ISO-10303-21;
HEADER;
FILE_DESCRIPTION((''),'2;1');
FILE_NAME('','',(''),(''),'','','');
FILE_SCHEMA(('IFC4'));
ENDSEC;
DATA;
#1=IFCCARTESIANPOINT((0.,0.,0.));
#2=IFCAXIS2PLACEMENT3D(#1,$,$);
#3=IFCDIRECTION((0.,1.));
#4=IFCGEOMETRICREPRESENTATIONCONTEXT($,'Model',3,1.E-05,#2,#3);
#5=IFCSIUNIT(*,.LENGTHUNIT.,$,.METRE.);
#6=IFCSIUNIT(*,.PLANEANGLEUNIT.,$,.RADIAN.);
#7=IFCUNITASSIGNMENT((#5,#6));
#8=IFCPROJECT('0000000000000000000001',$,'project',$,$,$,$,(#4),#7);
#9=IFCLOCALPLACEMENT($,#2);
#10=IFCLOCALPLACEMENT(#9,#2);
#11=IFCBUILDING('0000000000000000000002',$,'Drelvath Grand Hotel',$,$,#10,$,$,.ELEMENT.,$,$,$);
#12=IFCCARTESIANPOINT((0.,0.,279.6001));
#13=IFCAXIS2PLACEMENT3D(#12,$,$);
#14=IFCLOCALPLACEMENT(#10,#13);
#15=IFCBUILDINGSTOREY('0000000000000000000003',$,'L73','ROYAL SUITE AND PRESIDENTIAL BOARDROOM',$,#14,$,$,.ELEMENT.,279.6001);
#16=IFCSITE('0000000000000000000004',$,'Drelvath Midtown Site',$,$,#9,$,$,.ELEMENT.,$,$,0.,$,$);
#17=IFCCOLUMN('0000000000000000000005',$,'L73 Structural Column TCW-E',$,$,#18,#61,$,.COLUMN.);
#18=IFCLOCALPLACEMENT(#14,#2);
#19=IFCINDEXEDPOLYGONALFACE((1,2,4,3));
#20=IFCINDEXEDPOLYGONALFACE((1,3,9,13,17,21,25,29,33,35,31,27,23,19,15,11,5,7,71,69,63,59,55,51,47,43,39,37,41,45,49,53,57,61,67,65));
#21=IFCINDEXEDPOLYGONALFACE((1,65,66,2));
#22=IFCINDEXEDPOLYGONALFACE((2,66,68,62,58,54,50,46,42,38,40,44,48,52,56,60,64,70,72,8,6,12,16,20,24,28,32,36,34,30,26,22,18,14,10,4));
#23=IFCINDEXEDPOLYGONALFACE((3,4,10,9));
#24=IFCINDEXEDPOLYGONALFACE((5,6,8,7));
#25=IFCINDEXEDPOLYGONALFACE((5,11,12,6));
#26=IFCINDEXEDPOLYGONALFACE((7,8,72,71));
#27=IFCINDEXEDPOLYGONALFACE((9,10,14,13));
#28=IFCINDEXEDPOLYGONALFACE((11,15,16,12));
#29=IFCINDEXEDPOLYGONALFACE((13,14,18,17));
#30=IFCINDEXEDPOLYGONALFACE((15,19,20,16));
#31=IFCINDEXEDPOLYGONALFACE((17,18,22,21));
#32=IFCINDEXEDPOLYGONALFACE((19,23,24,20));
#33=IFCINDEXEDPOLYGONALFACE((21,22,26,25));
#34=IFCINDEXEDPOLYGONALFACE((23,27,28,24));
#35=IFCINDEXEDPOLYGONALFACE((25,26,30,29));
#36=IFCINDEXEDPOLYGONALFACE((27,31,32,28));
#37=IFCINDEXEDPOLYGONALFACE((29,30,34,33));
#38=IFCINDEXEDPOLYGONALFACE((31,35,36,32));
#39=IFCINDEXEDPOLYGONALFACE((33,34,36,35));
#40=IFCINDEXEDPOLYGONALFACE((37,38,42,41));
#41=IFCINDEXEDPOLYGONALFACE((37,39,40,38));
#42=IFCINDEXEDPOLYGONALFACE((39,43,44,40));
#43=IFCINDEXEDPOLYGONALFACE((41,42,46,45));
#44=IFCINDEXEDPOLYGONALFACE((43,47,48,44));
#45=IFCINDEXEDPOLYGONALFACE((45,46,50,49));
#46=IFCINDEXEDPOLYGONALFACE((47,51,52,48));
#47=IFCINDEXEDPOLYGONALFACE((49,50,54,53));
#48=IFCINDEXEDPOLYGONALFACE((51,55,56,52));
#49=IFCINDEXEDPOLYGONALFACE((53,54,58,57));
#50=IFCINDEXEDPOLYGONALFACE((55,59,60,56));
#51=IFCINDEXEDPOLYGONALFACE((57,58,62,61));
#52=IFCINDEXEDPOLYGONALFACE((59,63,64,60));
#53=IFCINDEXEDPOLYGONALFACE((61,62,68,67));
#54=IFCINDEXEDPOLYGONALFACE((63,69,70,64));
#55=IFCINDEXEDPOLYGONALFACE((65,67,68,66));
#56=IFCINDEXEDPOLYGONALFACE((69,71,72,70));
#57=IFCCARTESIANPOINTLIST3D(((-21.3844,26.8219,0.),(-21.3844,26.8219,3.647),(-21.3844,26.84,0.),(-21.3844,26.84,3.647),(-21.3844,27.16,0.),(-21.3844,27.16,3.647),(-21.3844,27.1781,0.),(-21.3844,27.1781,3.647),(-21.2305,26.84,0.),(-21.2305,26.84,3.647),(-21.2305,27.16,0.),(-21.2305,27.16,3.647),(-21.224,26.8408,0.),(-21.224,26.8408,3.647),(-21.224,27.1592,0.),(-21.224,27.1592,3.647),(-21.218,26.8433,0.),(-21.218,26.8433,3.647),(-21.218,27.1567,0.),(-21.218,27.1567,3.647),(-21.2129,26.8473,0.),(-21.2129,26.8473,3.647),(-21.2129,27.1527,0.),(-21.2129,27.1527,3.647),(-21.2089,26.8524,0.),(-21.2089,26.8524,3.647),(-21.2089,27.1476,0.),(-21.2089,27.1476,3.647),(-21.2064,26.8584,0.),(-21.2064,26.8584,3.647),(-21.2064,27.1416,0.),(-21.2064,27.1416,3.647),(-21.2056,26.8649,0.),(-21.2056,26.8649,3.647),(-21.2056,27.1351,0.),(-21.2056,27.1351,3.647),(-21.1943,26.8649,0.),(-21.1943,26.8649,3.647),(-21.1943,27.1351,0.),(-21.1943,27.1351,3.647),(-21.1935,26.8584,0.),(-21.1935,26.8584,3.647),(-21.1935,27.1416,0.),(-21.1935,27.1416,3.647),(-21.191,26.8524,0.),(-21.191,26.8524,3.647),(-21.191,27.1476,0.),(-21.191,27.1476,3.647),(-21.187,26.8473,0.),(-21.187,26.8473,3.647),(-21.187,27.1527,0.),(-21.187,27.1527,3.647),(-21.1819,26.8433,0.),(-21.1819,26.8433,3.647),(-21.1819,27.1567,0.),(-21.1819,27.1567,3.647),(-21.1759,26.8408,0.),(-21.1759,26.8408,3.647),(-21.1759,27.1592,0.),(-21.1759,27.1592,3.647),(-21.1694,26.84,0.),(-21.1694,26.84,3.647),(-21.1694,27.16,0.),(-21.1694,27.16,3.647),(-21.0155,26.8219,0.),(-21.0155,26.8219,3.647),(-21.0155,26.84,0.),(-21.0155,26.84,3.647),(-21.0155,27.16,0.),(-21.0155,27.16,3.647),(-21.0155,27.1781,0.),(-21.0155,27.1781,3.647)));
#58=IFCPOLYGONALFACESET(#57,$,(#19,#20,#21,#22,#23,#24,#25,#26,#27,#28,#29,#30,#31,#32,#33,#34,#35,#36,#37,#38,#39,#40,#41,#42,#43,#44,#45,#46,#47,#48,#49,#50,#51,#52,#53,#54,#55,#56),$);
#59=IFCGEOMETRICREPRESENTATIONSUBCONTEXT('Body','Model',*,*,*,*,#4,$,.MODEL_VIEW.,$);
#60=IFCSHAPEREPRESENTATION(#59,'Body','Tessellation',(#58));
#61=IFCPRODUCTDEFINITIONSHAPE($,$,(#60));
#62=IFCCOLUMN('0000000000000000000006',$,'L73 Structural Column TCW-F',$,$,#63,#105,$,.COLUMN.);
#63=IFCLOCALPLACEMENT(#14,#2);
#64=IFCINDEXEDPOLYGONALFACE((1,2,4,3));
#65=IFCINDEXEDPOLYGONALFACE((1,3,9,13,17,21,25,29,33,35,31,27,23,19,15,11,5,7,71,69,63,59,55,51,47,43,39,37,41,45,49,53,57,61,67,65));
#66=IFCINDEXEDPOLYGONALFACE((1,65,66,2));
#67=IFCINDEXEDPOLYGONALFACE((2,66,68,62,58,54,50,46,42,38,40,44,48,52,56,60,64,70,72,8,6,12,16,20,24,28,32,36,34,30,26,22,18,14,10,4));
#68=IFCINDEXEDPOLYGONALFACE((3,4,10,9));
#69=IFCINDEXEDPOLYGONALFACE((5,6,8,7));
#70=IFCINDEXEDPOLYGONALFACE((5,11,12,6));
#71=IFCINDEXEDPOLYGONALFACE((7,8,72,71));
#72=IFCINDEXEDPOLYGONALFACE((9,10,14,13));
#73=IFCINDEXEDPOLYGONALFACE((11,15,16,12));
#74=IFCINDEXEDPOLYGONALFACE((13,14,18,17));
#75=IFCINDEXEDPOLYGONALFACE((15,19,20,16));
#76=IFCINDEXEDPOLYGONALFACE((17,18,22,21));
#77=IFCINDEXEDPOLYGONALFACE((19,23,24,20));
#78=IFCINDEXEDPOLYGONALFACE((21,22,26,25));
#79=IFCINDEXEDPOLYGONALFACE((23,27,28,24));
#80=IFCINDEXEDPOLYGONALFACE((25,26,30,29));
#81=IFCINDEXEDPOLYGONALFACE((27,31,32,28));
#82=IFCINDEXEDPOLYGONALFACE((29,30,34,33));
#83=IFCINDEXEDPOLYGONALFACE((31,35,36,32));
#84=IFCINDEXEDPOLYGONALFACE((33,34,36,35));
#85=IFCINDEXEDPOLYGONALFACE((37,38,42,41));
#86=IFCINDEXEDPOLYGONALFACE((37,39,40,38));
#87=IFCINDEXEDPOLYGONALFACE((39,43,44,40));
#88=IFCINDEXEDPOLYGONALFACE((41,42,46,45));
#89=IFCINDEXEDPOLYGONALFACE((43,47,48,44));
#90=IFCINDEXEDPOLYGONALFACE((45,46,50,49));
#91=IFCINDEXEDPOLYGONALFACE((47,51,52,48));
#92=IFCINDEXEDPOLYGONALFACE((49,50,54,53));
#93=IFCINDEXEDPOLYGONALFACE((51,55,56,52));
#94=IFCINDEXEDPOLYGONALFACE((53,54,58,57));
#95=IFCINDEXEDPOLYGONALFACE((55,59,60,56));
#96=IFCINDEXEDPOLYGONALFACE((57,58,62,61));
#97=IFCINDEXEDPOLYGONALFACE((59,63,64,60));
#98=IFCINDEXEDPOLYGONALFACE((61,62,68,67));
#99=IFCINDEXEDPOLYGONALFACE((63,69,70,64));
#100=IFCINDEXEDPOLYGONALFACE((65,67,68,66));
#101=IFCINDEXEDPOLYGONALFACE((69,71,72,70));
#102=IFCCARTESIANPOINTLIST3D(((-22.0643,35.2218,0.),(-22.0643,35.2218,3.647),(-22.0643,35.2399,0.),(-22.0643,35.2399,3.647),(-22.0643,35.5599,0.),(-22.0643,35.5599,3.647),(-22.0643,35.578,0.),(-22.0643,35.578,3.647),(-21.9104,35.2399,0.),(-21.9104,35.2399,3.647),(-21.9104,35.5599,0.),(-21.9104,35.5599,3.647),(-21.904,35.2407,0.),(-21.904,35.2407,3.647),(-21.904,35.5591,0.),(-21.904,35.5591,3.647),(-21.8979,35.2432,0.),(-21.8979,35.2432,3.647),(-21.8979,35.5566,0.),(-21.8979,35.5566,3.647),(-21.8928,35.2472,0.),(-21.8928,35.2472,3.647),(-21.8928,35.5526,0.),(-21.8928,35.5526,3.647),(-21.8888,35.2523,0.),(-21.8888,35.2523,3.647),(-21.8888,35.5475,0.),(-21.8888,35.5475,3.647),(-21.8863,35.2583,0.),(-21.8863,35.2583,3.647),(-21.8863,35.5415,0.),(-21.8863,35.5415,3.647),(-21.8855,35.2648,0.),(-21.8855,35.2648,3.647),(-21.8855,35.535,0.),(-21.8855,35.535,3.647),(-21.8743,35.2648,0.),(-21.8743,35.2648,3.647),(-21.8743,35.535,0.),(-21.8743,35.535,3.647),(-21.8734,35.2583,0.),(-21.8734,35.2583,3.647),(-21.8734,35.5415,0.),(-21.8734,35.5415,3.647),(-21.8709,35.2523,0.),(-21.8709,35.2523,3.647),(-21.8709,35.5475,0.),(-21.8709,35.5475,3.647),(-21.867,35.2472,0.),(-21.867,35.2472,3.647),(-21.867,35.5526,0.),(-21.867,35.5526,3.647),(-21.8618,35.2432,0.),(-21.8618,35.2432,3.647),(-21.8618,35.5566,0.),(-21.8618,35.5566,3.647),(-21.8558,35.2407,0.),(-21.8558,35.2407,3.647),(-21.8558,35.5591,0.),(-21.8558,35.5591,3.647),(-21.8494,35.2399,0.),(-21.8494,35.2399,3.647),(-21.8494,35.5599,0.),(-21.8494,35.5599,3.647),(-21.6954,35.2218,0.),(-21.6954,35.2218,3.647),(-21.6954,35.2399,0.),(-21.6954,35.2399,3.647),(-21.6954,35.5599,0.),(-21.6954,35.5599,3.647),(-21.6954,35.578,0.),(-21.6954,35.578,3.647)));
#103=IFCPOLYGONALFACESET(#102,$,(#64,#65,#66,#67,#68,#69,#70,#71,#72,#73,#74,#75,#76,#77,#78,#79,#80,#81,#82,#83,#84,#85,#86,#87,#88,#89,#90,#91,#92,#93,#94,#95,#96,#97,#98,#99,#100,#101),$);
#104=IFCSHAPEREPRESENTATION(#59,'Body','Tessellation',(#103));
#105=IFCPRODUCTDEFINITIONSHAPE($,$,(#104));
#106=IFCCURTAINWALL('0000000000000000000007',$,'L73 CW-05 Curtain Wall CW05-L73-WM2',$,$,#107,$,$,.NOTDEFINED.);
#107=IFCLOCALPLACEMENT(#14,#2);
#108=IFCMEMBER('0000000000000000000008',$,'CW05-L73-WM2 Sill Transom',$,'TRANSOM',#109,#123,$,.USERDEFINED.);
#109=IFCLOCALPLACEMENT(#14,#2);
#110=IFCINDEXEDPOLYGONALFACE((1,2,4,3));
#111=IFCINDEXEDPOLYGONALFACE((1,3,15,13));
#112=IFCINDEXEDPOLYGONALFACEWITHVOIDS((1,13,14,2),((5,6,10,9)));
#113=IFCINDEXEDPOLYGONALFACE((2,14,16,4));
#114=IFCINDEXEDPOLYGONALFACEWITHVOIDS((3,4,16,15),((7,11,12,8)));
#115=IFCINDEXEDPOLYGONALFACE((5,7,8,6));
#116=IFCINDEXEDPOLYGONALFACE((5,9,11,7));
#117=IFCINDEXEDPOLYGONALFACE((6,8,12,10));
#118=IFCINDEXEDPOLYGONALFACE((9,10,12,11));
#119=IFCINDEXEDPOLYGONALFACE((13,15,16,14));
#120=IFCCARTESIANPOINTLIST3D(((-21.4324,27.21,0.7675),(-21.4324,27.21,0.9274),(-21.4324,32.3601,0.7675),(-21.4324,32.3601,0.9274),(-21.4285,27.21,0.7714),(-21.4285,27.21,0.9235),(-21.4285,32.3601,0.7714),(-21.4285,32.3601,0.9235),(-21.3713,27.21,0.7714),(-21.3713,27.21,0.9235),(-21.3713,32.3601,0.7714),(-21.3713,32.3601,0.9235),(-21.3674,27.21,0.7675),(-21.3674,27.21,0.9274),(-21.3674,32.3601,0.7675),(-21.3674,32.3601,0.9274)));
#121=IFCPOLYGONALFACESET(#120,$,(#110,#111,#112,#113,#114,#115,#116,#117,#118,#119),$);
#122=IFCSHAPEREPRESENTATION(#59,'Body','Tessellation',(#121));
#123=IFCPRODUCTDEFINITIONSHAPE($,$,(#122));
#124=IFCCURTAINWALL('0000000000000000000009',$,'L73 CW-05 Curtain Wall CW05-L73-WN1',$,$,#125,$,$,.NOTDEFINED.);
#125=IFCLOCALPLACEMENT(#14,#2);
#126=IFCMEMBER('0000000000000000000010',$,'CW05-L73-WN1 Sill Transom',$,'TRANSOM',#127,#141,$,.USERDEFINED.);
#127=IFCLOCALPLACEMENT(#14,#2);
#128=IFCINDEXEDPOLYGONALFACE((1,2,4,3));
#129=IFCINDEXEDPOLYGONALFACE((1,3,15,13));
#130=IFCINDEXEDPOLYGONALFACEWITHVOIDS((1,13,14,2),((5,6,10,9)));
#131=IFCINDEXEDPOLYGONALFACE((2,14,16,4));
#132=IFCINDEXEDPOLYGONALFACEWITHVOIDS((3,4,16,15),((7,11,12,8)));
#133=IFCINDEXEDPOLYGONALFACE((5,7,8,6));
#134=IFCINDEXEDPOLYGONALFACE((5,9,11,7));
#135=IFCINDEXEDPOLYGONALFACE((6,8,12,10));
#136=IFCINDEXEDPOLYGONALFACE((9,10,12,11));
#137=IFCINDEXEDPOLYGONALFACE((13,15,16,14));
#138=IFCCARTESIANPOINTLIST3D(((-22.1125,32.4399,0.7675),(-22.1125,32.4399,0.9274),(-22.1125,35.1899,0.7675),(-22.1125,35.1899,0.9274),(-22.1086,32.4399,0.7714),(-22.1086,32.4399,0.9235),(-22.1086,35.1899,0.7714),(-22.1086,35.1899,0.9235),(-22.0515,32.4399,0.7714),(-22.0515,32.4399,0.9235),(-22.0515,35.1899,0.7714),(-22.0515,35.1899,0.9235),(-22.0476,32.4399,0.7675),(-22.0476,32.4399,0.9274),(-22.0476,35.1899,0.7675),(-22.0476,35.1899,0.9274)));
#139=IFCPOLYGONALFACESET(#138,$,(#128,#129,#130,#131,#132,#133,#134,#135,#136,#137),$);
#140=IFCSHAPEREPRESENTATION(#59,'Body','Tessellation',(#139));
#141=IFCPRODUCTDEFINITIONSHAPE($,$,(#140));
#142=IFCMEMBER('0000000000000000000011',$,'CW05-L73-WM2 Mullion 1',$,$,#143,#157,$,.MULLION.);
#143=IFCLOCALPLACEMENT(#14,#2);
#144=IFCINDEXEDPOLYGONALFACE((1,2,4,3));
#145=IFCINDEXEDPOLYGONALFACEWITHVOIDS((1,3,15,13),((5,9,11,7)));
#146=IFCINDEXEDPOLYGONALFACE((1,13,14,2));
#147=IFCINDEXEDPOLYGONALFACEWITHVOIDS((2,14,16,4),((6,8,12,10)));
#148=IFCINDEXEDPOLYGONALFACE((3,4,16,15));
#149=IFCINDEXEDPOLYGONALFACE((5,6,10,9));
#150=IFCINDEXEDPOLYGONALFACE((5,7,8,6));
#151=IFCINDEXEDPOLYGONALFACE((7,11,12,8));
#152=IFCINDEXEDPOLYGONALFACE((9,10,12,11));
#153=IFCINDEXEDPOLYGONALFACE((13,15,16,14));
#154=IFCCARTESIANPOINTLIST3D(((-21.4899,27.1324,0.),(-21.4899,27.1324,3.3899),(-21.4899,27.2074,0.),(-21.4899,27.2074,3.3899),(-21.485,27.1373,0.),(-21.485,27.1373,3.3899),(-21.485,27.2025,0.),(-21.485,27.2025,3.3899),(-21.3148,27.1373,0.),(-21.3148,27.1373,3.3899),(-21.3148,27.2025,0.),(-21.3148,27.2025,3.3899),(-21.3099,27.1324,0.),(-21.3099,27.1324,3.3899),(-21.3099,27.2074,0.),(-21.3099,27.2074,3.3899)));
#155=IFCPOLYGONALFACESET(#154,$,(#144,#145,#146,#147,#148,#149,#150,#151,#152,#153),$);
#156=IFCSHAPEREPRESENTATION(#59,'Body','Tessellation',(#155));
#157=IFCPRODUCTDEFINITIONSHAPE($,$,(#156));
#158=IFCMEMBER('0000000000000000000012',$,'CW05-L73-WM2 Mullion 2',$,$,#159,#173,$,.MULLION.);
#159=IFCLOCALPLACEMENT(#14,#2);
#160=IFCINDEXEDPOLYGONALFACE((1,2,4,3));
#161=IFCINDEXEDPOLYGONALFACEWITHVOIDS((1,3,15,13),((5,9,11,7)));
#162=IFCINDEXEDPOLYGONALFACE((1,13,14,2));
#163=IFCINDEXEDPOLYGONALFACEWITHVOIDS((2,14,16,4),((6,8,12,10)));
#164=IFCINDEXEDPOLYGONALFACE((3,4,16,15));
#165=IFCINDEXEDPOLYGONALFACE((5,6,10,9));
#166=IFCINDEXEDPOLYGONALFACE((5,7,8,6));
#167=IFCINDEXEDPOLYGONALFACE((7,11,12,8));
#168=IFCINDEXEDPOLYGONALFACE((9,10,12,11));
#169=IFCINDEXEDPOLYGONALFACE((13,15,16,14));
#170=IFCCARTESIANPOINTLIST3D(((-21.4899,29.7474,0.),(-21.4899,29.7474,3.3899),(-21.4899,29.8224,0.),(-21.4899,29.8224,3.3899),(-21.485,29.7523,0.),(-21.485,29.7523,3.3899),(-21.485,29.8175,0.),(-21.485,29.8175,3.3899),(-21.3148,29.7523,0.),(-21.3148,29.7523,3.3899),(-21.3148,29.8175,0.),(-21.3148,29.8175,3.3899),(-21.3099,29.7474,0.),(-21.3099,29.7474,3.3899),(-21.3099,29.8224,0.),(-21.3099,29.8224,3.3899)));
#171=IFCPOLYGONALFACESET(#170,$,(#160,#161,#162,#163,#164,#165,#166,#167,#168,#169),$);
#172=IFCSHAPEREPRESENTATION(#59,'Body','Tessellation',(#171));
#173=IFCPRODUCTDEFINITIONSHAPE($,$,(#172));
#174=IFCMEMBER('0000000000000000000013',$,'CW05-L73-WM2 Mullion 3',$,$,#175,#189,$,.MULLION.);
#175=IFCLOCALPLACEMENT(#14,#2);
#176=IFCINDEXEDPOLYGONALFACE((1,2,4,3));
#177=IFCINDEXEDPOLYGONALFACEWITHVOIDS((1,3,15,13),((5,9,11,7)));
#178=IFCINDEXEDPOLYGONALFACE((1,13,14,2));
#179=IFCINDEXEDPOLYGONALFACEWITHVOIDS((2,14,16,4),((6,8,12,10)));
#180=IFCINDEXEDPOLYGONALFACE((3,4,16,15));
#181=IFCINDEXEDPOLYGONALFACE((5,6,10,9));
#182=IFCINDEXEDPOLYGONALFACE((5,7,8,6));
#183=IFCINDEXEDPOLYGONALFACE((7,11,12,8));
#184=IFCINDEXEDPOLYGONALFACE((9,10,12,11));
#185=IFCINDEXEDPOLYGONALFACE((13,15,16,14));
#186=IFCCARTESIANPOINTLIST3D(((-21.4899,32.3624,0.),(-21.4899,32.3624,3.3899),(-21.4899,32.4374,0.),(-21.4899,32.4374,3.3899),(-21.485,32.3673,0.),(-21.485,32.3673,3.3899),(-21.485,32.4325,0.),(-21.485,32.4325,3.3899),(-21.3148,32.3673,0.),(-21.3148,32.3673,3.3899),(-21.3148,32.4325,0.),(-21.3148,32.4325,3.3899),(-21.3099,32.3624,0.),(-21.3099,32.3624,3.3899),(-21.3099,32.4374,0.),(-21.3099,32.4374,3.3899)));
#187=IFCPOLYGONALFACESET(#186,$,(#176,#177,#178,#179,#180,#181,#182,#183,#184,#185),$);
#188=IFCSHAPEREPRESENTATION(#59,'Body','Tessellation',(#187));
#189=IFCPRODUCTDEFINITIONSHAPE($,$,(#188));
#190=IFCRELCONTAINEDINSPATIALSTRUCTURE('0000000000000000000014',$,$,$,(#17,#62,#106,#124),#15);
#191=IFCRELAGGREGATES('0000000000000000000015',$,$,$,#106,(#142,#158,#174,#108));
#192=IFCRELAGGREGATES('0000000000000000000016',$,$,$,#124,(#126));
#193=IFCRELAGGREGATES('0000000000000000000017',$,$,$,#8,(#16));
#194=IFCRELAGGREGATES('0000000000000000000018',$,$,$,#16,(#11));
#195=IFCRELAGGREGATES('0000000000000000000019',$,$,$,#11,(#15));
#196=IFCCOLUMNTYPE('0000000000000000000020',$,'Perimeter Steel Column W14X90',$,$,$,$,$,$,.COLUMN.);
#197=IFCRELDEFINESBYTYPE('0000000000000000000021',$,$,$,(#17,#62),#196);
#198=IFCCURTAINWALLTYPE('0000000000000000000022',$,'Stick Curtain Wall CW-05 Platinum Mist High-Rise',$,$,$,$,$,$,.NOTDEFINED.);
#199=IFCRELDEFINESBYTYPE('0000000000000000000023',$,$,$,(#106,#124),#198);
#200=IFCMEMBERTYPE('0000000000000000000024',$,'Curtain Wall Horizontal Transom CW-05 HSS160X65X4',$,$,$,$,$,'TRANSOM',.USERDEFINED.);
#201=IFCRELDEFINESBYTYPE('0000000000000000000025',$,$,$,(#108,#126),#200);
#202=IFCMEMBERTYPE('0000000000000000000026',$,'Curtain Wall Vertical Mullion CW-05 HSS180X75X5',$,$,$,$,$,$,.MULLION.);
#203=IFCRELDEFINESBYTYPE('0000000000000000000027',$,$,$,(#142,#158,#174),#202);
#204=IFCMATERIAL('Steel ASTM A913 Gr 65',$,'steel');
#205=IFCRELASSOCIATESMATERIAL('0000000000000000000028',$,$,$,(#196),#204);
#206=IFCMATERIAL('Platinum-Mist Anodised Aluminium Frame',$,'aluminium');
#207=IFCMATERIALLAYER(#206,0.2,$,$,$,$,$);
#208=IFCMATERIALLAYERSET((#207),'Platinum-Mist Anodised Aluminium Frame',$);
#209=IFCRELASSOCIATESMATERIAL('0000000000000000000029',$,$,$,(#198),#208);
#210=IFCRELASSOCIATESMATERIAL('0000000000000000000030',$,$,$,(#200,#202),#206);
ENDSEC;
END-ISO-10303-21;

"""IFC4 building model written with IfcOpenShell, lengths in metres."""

from ifc_helpers import new_model, si_unit, direction, frame, origin, origin_2d, place, context, subcontext, project, spatial, hollow_rectangle, i_section, extrude, material, layer, layer_set, material_profile, profile_set, type_object, element, aggregate, save


model = new_model("IFC4")

# Units and contexts
model_context = context("Model", 3, precision=1e-05, world=origin(), true_north=direction((0.0, 1.0)))
body_context = subcontext(model_context, "Body", "Model", "MODEL_VIEW")
ifc_project = project(units=[si_unit("LENGTHUNIT", "METRE"), si_unit("PLANEANGLEUNIT", "RADIAN")], contexts=[model_context])

# Site, building, storey
site_placement = place(None, origin())
site = spatial("IfcSite", under=ifc_project, at=site_placement, Name="Drelvath Midtown Site", CompositionType="ELEMENT", RefElevation=0.0)
building_placement = place(site_placement, origin())
building = spatial("IfcBuilding", under=site, at=building_placement, Name="Drelvath Grand Hotel", CompositionType="ELEMENT")
storey_placement = place(building_placement, frame((0.0, 0.0, 279.6001)))
storey = spatial("IfcBuildingStorey", under=building, at=storey_placement, Name="L73", Description="ROYAL SUITE AND PRESIDENTIAL BOARDROOM", CompositionType="ELEMENT", Elevation=279.6001)

# Columns
ifc_material_1 = material(Name="Steel ASTM A913 Gr 65", Category="steel")
ifc_material_profile_1 = material_profile(ifc_material_1, i_section(OverallWidth=0.3689, OverallDepth=0.3562, WebThickness=0.0112, FlangeThickness=0.0181, FilletRadius=0.0249, at=origin_2d()), Name="W14X90")
ifc_profile_set_1 = profile_set([ifc_material_profile_1], Name="Steel ASTM A913 Gr 65")
column_type = type_object("IfcColumnType", Name="Perimeter Steel Column W14X90", PredefinedType="COLUMN", material=ifc_profile_set_1)
for number, where, z_axis, x_axis, name in (
    (1, (-21.2, 27.0, 0.0), (0.0, 0.0, 1.0), (1.0, 0.0, 0.0), "L73 Structural Column TCW-E"),
    (2, (-21.8799, 35.3999, 0.0), (0.0, 0.0, 1.0), (1.0, 0.0, 0.0), "L73 Structural Column TCW-F"),
):
    element("IfcColumn", number, at=place(storey_placement, frame(where, z_axis=z_axis, x_axis=x_axis)), inside=storey, type_object=column_type, Name=name, PredefinedType="COLUMN", context=body_context, shape_type="SweptSolid", body=[
        extrude(i_section(OverallWidth=0.3689, OverallDepth=0.3562, WebThickness=0.0112, FlangeThickness=0.0181, FilletRadius=0.0249, at=origin_2d()), origin(), (0.0, 0.0, 1.0), 3.647),
    ])

# Curtain walls, members
ifc_material_2 = material(Name="Platinum-Mist Anodised Aluminium Frame", Category="aluminium")
ifc_layer_1 = layer(ifc_material_2, 0.2)
ifc_layer_set_1 = layer_set([ifc_layer_1], Name="Platinum-Mist Anodised Aluminium Frame")
curtain_wall_type = type_object("IfcCurtainWallType", Name="Stick Curtain Wall CW-05 Platinum Mist High-Rise", PredefinedType="NOTDEFINED", material=ifc_layer_set_1)
curtain_wall_1_placement = place(storey_placement, origin())
curtain_wall_1 = element("IfcCurtainWall", 3, at=curtain_wall_1_placement, inside=storey, type_object=curtain_wall_type, Name="L73 CW-05 Curtain Wall CW05-L73-WM2", PredefinedType="NOTDEFINED")
ifc_material_profile_2 = material_profile(ifc_material_2, hollow_rectangle(XDim=0.0649, YDim=0.1599, WallThickness=0.0039, at=origin_2d()), Name="HSS160X65X4")
ifc_profile_set_2 = profile_set([ifc_material_profile_2], Name="Platinum-Mist Anodised Aluminium Frame")
member_type_1 = type_object("IfcMemberType", Name="Curtain Wall Horizontal Transom CW-05 HSS160X65X4", ElementType="TRANSOM", PredefinedType="USERDEFINED", material=ifc_profile_set_2)
member_1_placement = place(storey_placement, frame((-21.3999, 27.21, 0.8474), z_axis=(0.0, 1.0, 0.0), x_axis=(-1.0, 0.0, 0.0)))
member_1 = element("IfcMember", 4, at=member_1_placement, type_object=member_type_1, Name="CW05-L73-WM2 Sill Transom", ObjectType="TRANSOM", PredefinedType="USERDEFINED", context=body_context, shape_type="SweptSolid", body=[
    extrude(hollow_rectangle(XDim=0.0649, YDim=0.1599, WallThickness=0.0039, at=origin_2d()), origin(), (0.0, 0.0, 1.0), 5.1501),
])
curtain_wall_2_placement = place(storey_placement, origin())
curtain_wall_2 = element("IfcCurtainWall", 5, at=curtain_wall_2_placement, inside=storey, type_object=curtain_wall_type, Name="L73 CW-05 Curtain Wall CW05-L73-WN1", PredefinedType="NOTDEFINED")
member_2_placement = place(storey_placement, frame((-22.0801, 32.4399, 0.8474), z_axis=(0.0, 1.0, 0.0), x_axis=(-1.0, 0.0, 0.0)))
member_2 = element("IfcMember", 6, at=member_2_placement, type_object=member_type_1, Name="CW05-L73-WN1 Sill Transom", ObjectType="TRANSOM", PredefinedType="USERDEFINED", context=body_context, shape_type="SweptSolid", body=[
    extrude(hollow_rectangle(XDim=0.0649, YDim=0.1599, WallThickness=0.0039, at=origin_2d()), origin(), (0.0, 0.0, 1.0), 2.75),
])

# Members
ifc_material_profile_3 = material_profile(ifc_material_2, hollow_rectangle(XDim=0.075, YDim=0.1799, WallThickness=0.0049, at=origin_2d()), Name="HSS180X75X5")
ifc_profile_set_3 = profile_set([ifc_material_profile_3], Name="Platinum-Mist Anodised Aluminium Frame")
member_type_2 = type_object("IfcMemberType", Name="Curtain Wall Vertical Mullion CW-05 HSS180X75X5", PredefinedType="MULLION", material=ifc_profile_set_3)
member_3_placement = place(storey_placement, frame((-21.3999, 27.1699, 0.0), z_axis=(0.0, 0.0, 1.0), x_axis=(0.0, 1.0, 0.0)))
member_3 = element("IfcMember", 7, at=member_3_placement, type_object=member_type_2, Name="CW05-L73-WM2 Mullion 1", PredefinedType="MULLION", context=body_context, shape_type="SweptSolid", body=[
    extrude(hollow_rectangle(XDim=0.075, YDim=0.1799, WallThickness=0.0049, at=origin_2d()), origin(), (0.0, 0.0, 1.0), 3.3899),
])
member_4_placement = place(storey_placement, frame((-21.3999, 29.7849, 0.0), z_axis=(0.0, 0.0, 1.0), x_axis=(0.0, 1.0, 0.0)))
member_4 = element("IfcMember", 8, at=member_4_placement, type_object=member_type_2, Name="CW05-L73-WM2 Mullion 2", PredefinedType="MULLION", context=body_context, shape_type="SweptSolid", body=[
    extrude(hollow_rectangle(XDim=0.075, YDim=0.1799, WallThickness=0.0049, at=origin_2d()), origin(), (0.0, 0.0, 1.0), 3.3899),
])
member_5_placement = place(storey_placement, frame((-21.3999, 32.3999, 0.0), z_axis=(0.0, 0.0, 1.0), x_axis=(0.0, 1.0, 0.0)))
member_5 = element("IfcMember", 9, at=member_5_placement, type_object=member_type_2, Name="CW05-L73-WM2 Mullion 3", PredefinedType="MULLION", context=body_context, shape_type="SweptSolid", body=[
    extrude(hollow_rectangle(XDim=0.075, YDim=0.1799, WallThickness=0.0049, at=origin_2d()), origin(), (0.0, 0.0, 1.0), 3.3899),
])

aggregate(curtain_wall_1, [member_3, member_4, member_5, member_1])
aggregate(curtain_wall_2, [member_2])

save(model, "model.ifc")
